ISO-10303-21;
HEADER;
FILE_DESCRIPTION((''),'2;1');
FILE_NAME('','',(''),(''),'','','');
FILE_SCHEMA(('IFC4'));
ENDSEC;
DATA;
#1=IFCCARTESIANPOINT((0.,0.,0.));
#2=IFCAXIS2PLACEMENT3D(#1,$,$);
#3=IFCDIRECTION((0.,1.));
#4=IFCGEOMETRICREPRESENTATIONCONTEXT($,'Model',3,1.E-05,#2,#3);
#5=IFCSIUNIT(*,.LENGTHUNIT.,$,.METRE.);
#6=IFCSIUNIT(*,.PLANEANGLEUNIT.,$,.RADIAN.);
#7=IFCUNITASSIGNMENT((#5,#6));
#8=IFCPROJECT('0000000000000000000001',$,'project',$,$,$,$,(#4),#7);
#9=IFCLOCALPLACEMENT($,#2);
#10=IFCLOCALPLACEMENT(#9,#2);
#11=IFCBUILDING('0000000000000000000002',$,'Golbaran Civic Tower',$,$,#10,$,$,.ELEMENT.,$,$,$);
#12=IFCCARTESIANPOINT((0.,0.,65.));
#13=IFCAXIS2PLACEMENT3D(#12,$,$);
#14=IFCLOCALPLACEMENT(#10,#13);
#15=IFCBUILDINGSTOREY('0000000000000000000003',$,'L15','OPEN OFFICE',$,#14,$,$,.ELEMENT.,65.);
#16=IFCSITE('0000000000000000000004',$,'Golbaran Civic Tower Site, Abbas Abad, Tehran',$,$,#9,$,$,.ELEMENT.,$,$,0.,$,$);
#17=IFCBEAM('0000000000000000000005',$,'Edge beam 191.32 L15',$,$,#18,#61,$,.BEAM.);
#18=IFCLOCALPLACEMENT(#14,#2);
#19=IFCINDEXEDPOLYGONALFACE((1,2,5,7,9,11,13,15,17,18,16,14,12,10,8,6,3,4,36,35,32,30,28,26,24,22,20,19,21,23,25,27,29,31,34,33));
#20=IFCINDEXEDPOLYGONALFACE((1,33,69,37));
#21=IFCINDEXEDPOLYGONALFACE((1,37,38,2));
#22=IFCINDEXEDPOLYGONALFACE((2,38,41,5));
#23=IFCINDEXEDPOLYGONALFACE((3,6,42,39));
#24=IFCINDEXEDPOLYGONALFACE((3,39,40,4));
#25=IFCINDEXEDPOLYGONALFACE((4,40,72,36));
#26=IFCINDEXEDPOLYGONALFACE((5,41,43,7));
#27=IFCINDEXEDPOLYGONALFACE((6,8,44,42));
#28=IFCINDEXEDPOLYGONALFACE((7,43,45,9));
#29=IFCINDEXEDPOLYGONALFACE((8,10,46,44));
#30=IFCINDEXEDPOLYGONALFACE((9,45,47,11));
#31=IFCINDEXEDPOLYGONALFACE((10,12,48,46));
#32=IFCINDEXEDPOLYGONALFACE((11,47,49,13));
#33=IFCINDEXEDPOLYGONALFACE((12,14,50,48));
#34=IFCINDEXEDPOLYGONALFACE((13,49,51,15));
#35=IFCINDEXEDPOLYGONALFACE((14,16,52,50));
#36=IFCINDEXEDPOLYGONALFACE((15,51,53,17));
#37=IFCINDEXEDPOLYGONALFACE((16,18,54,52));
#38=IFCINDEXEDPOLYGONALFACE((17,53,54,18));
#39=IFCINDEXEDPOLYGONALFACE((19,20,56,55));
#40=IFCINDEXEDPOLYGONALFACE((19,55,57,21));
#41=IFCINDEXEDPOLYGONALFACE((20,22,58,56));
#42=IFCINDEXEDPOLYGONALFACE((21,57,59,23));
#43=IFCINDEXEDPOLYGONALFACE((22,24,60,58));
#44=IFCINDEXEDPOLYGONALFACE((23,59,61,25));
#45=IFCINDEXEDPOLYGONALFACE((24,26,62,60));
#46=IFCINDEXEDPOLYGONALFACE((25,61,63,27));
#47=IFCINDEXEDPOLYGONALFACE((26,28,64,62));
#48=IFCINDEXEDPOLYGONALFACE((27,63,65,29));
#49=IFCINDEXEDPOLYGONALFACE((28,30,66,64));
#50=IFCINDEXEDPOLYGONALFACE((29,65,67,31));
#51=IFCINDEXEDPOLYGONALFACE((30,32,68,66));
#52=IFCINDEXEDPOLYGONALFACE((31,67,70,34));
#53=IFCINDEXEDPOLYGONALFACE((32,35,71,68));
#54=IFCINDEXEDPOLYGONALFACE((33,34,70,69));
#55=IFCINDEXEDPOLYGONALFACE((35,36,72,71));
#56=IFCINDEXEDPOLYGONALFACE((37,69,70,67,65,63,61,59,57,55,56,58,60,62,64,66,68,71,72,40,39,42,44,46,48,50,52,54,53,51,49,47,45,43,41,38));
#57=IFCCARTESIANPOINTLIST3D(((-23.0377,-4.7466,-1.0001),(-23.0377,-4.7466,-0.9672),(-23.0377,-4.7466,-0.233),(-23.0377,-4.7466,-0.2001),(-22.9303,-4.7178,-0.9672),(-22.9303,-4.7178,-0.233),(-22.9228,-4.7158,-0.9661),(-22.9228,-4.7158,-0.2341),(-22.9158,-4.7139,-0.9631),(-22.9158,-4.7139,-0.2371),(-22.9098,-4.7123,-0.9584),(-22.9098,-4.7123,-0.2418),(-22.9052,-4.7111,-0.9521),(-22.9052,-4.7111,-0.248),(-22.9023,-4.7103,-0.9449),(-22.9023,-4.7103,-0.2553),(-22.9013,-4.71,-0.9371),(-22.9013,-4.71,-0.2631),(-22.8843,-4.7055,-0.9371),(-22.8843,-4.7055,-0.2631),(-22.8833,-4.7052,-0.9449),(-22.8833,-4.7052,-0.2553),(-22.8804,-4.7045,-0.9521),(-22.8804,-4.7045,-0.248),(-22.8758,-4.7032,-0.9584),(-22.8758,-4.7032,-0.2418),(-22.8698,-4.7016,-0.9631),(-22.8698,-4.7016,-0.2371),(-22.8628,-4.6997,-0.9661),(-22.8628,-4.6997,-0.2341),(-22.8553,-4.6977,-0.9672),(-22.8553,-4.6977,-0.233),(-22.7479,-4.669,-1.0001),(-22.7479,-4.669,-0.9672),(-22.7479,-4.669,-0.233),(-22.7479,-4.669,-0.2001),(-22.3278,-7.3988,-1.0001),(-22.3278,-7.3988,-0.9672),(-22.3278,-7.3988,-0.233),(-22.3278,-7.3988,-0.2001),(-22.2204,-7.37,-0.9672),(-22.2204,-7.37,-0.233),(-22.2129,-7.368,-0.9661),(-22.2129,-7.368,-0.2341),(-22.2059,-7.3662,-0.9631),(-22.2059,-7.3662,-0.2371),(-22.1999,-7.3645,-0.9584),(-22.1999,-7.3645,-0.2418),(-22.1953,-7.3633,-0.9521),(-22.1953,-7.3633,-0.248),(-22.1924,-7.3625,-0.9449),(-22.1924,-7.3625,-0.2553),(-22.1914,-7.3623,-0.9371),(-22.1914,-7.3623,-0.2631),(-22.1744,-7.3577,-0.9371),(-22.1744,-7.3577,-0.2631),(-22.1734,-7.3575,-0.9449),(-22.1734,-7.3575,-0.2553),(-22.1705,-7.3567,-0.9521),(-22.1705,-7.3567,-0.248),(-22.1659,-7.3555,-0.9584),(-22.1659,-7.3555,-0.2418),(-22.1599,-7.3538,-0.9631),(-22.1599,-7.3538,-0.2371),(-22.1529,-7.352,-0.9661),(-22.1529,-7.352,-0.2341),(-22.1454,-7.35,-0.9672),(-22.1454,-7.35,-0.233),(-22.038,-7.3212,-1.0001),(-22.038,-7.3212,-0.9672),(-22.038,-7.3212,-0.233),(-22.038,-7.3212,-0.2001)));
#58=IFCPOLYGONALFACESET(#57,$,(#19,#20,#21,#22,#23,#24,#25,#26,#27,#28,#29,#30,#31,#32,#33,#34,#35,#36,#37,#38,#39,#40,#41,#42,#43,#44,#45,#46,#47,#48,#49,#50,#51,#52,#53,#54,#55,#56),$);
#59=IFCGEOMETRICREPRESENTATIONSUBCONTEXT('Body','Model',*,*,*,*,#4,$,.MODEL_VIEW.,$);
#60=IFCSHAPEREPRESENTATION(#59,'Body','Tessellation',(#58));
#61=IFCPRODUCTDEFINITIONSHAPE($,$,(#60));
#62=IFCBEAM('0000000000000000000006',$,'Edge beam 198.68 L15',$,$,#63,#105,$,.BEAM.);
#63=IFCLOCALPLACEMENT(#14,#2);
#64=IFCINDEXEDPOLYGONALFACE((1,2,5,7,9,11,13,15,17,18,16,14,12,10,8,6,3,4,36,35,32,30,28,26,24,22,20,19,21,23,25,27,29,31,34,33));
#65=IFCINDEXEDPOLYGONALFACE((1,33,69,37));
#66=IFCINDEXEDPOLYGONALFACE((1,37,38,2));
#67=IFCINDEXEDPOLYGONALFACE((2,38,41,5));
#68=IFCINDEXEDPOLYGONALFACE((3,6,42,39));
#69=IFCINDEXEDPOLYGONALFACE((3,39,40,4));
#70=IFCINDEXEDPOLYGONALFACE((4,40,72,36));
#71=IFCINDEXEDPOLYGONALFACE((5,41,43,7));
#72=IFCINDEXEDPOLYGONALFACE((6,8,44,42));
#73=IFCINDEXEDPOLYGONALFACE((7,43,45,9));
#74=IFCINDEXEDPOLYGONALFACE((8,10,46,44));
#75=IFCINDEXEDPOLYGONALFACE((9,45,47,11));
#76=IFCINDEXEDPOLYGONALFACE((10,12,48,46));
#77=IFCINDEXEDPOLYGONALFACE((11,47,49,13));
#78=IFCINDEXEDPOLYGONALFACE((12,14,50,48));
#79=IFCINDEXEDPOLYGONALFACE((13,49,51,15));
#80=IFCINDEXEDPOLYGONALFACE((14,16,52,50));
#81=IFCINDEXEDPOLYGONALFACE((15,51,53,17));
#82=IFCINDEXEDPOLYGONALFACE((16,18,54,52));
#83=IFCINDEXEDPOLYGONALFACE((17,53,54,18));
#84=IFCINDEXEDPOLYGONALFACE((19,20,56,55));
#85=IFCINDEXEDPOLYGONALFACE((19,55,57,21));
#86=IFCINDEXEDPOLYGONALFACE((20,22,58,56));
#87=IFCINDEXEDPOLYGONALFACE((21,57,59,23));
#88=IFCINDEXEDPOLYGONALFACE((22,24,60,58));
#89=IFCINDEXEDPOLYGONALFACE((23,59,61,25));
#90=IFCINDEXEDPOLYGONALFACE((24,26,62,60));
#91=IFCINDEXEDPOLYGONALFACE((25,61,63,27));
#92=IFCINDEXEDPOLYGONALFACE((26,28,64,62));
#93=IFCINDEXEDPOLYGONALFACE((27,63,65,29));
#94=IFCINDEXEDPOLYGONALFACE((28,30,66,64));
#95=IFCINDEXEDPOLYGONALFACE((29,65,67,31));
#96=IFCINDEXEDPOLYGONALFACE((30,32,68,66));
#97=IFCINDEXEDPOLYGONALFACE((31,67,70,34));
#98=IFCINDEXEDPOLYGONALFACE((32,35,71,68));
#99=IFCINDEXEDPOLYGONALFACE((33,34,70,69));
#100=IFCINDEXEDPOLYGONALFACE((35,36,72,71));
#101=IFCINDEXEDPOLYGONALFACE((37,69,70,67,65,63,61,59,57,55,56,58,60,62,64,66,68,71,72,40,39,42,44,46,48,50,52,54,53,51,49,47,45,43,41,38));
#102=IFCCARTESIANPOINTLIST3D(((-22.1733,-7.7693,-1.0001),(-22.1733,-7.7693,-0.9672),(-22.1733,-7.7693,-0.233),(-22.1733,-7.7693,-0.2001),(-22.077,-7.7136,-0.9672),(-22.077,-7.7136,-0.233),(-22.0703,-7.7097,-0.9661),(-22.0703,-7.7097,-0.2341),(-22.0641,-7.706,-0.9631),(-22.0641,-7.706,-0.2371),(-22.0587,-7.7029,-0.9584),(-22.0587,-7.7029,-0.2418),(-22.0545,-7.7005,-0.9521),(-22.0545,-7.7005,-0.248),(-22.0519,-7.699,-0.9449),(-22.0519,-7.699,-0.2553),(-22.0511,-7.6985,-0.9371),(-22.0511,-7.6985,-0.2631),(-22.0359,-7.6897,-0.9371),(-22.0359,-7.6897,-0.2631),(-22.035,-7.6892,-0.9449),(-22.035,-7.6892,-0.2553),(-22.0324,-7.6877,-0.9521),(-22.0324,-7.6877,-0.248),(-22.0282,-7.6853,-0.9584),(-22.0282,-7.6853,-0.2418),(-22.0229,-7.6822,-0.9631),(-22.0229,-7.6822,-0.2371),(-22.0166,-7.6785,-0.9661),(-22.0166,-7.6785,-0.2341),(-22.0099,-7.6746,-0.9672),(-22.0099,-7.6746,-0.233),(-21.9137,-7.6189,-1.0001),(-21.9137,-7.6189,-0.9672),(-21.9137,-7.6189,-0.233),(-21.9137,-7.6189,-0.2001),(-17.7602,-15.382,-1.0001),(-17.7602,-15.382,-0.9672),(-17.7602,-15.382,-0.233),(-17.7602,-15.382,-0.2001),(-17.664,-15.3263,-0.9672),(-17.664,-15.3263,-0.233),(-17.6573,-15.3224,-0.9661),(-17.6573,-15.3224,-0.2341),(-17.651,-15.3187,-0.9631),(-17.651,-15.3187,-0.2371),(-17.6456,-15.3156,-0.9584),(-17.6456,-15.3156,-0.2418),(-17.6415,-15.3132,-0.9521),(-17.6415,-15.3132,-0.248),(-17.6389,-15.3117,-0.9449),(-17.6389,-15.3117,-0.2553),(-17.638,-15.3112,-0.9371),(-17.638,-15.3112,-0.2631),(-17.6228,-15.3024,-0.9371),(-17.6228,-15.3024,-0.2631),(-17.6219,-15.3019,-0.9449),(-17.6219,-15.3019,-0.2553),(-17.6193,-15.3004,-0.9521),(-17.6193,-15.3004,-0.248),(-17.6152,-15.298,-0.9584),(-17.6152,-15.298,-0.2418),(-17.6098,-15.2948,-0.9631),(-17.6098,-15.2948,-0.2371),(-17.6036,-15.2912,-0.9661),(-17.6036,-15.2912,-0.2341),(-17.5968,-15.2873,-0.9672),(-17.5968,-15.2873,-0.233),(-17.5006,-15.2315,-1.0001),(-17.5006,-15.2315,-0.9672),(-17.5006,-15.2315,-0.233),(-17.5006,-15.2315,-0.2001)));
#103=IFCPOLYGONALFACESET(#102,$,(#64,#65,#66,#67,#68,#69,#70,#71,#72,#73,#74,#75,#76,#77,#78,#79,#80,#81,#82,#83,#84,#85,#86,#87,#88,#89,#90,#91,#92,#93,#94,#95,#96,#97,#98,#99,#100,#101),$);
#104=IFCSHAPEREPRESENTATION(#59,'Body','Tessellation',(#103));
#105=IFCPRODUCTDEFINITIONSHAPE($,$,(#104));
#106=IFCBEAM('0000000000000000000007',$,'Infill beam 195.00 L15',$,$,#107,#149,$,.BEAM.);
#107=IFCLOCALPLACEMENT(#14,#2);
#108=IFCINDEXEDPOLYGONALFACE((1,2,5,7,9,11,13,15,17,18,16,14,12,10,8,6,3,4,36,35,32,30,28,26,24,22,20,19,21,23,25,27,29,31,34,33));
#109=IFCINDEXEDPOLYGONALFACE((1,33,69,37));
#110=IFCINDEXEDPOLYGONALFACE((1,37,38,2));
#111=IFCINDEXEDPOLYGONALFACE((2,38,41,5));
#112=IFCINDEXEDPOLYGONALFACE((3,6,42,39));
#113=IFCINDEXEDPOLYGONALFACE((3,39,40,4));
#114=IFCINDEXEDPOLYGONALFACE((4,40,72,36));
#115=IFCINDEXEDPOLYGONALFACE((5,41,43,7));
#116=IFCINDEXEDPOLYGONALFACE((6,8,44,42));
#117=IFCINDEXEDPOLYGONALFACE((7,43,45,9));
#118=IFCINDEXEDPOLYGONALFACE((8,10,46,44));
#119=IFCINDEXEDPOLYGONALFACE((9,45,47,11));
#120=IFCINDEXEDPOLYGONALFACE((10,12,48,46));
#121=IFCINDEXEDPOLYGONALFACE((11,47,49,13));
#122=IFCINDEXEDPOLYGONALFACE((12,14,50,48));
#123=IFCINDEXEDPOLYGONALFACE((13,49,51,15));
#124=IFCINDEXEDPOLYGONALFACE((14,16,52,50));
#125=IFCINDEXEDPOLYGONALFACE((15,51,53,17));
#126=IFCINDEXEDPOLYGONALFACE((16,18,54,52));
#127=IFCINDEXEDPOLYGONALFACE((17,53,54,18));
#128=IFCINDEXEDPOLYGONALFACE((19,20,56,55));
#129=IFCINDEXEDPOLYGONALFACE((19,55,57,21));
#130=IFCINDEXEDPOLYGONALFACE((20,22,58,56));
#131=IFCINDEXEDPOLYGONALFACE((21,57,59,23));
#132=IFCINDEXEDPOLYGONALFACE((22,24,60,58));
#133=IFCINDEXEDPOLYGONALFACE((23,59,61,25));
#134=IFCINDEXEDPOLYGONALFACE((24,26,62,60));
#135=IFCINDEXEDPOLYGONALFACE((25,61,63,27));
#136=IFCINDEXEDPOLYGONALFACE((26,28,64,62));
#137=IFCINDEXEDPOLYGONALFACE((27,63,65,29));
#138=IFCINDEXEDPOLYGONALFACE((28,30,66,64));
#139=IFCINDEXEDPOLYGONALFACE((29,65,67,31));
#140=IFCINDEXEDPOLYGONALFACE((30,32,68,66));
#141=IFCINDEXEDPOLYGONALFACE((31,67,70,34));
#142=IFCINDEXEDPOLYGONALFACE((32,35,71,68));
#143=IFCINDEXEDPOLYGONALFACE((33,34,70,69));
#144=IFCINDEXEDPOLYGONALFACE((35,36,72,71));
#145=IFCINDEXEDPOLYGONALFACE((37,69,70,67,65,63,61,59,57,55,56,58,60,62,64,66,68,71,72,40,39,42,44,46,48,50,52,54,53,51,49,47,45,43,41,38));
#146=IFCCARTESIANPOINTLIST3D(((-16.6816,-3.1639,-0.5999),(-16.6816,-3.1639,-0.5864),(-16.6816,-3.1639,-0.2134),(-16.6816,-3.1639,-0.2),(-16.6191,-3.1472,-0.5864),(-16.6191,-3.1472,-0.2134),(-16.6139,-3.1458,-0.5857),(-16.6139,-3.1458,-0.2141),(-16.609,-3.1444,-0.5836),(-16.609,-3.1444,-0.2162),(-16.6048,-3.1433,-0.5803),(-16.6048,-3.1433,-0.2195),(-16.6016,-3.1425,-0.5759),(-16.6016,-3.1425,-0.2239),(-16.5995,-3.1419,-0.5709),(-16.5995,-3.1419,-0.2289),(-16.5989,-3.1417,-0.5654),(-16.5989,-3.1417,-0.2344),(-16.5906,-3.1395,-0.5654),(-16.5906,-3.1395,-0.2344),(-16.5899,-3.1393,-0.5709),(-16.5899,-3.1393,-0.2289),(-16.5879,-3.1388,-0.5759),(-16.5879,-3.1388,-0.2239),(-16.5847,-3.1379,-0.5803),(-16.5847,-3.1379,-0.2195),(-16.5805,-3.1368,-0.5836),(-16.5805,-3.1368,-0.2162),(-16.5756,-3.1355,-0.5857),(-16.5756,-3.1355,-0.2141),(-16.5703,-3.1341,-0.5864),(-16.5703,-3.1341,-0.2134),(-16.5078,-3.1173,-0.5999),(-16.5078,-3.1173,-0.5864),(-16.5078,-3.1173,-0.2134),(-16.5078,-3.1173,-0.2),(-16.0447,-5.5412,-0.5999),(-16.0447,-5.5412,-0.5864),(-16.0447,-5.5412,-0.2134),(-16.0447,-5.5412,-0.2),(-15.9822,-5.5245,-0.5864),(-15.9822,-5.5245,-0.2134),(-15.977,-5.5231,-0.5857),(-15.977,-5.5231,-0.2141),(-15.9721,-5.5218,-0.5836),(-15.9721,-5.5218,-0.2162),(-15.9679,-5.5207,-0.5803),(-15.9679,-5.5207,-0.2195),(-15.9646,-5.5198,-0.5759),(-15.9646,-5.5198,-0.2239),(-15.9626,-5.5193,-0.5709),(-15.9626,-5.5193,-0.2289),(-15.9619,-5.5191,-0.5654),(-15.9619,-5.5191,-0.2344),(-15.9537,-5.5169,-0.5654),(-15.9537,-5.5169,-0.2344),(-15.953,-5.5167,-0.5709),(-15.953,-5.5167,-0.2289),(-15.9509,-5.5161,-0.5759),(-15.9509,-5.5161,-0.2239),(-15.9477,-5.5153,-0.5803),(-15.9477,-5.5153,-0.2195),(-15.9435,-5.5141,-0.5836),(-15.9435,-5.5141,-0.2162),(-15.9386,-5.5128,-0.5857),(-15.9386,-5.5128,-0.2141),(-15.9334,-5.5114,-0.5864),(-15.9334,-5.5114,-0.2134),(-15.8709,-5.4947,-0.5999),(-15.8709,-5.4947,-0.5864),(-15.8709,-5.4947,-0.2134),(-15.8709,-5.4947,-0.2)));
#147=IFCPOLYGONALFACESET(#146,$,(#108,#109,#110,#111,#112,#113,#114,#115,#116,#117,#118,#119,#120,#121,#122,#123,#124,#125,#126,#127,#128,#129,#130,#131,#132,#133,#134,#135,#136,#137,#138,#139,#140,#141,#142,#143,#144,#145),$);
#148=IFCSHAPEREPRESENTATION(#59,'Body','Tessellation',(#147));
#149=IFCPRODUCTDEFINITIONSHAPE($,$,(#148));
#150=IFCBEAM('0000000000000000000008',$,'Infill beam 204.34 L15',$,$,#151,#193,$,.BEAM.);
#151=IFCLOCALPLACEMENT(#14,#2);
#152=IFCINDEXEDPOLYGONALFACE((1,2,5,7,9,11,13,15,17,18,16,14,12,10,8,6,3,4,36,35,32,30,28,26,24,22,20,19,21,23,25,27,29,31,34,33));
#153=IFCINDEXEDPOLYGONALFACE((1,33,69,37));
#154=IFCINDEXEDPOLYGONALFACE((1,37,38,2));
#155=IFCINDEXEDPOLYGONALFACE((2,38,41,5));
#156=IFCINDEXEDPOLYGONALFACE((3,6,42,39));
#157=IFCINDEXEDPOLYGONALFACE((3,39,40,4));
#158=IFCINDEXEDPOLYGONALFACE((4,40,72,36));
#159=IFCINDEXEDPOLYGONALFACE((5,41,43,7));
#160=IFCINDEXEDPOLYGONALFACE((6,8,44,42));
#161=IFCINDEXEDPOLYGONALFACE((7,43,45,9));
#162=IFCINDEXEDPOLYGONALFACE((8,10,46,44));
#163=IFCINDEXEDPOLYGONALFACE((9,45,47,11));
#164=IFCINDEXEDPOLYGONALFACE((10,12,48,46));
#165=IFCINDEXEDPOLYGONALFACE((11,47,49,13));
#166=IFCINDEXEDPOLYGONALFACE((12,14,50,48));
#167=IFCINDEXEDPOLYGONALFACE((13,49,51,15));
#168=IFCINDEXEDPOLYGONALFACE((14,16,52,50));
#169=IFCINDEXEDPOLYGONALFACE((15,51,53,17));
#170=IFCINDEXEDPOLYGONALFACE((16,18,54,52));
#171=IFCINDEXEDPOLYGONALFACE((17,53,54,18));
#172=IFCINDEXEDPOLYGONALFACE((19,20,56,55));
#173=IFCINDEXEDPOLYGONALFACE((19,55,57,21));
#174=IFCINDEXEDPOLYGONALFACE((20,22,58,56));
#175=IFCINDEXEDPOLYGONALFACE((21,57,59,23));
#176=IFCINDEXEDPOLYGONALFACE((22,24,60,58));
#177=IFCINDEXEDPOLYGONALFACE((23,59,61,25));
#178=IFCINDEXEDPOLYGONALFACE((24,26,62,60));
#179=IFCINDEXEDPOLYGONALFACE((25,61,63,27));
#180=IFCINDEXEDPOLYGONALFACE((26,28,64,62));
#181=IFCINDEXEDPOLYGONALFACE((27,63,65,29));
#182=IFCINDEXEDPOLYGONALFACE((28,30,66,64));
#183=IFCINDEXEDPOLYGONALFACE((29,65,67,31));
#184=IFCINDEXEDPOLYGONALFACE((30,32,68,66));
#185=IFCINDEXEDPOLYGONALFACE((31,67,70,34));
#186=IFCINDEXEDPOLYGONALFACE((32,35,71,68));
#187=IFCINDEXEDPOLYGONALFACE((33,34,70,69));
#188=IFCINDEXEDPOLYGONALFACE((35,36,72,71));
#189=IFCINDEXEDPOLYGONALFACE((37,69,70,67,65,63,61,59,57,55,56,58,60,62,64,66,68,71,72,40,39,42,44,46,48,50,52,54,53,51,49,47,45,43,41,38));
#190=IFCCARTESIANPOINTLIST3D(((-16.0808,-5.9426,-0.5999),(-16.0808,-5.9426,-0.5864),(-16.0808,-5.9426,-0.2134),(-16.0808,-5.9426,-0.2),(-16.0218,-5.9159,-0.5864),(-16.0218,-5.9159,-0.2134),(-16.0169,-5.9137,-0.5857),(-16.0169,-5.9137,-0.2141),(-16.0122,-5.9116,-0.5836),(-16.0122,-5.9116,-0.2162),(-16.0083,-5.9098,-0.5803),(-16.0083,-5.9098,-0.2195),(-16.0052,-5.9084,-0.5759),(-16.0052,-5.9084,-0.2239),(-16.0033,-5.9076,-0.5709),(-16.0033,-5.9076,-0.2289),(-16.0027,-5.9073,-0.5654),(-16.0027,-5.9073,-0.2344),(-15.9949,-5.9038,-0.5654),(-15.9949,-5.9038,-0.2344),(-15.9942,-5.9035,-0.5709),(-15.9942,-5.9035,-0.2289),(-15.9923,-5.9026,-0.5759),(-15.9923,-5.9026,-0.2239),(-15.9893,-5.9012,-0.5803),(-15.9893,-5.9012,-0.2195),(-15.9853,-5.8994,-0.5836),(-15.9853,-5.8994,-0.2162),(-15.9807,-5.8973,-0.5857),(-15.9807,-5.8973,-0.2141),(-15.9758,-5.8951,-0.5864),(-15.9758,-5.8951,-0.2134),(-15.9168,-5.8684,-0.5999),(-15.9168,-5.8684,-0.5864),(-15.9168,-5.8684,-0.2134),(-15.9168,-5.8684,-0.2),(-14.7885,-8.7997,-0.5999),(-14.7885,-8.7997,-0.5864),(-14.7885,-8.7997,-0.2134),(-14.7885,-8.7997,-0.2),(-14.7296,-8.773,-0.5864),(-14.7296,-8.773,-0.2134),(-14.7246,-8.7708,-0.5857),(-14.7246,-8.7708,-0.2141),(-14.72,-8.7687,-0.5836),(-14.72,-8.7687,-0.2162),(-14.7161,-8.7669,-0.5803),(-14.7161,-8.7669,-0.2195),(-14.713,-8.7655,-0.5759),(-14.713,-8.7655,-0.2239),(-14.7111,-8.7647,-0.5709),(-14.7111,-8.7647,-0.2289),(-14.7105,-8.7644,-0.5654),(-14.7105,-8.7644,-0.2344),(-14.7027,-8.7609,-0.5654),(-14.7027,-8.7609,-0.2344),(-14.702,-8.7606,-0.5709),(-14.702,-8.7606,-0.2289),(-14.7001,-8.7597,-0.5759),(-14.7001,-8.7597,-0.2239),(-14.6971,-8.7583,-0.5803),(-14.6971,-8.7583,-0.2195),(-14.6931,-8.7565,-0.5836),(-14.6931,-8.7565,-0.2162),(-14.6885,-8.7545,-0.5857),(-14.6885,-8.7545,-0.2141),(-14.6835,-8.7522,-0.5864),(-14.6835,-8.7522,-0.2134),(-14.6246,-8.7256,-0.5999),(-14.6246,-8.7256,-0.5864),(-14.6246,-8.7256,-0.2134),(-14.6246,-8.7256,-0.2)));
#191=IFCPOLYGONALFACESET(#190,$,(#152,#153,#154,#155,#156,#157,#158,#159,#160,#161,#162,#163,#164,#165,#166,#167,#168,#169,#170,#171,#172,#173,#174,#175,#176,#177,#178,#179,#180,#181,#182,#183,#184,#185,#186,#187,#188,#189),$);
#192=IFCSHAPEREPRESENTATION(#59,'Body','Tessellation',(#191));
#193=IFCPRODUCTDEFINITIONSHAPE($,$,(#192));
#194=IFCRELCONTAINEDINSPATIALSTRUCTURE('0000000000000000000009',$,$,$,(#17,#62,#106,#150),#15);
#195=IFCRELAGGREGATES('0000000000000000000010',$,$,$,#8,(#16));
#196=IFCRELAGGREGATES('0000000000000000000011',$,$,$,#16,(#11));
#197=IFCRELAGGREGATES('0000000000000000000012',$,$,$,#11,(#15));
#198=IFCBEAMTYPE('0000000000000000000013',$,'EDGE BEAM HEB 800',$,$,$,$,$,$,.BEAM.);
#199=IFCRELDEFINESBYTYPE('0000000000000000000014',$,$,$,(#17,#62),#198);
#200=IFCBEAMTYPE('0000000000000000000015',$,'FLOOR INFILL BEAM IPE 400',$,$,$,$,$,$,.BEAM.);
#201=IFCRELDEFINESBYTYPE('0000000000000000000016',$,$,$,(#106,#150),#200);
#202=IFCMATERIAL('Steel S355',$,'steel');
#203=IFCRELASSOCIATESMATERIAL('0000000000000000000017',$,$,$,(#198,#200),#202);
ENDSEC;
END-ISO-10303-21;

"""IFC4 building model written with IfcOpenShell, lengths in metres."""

from ifc_helpers import new_model, si_unit, direction, frame, origin, origin_2d, place, context, subcontext, project, spatial, i_section, extrude, material, material_profile, profile_set, type_object, element, save


model = new_model("IFC4")

# Units and contexts
model_context = context("Model", 3, precision=1e-05, world=origin(), true_north=direction((0.0, 1.0)))
body_context = subcontext(model_context, "Body", "Model", "MODEL_VIEW")
ifc_project = project(units=[si_unit("LENGTHUNIT", "METRE"), si_unit("PLANEANGLEUNIT", "RADIAN")], contexts=[model_context])

# Site, building, storey
site_placement = place(None, origin())
site = spatial("IfcSite", under=ifc_project, at=site_placement, Name="Golbaran Civic Tower Site, Abbas Abad, Tehran", CompositionType="ELEMENT", RefElevation=0.0)
building_placement = place(site_placement, origin())
building = spatial("IfcBuilding", under=site, at=building_placement, Name="Golbaran Civic Tower", CompositionType="ELEMENT")
storey_placement = place(building_placement, frame((0.0, 0.0, 65.0)))
storey = spatial("IfcBuildingStorey", under=building, at=storey_placement, Name="L15", Description="OPEN OFFICE", CompositionType="ELEMENT", Elevation=65.0)

# Beams
ifc_material_1 = material(Name="Steel S355", Category="steel")
ifc_material_profile_1 = material_profile(ifc_material_1, i_section(OverallWidth=0.3, OverallDepth=0.8, WebThickness=0.0176, FlangeThickness=0.033, FilletRadius=0.03, at=origin_2d()), Name="HEB 800")
ifc_profile_set_1 = profile_set([ifc_material_profile_1], Name="Steel S355")
beam_type_1 = type_object("IfcBeamType", Name="EDGE BEAM HEB 800", PredefinedType="BEAM", material=ifc_profile_set_1)
beam_1_placement = place(storey_placement, frame((-22.8928, -4.7078, -0.6001), z_axis=(0.25857, -0.965992, 0.0), x_axis=(0.965992, 0.25857, 0.0)))
element("IfcBeam", 1, at=beam_1_placement, inside=storey, type_object=beam_type_1, Name="Edge beam 191.32 L15", PredefinedType="BEAM", context=body_context, shape_type="SweptSolid", body=[
    extrude(i_section(OverallWidth=0.3, OverallDepth=0.8, WebThickness=0.0176, FlangeThickness=0.033, FilletRadius=0.03, at=origin_2d()), origin(), (0.0, 0.0, 1.0), 2.7456),
])
beam_2_placement = place(storey_placement, frame((-22.0435, -7.6941, -0.6001), z_axis=(0.50152, -0.865146, 0.0), x_axis=(0.865146, 0.50152, 0.0)))
element("IfcBeam", 2, at=beam_2_placement, inside=storey, type_object=beam_type_1, Name="Edge beam 198.68 L15", PredefinedType="BEAM", context=body_context, shape_type="SweptSolid", body=[
    extrude(i_section(OverallWidth=0.3, OverallDepth=0.8, WebThickness=0.0176, FlangeThickness=0.033, FilletRadius=0.03, at=origin_2d()), origin(), (0.0, 0.0, 1.0), 8.7993),
])
ifc_material_profile_2 = material_profile(ifc_material_1, i_section(OverallWidth=0.1799, OverallDepth=0.3999, WebThickness=0.0085, FlangeThickness=0.0134, FilletRadius=0.021, at=origin_2d()), Name="IPE 400")
ifc_profile_set_2 = profile_set([ifc_material_profile_2], Name="Steel S355")
beam_type_2 = type_object("IfcBeamType", Name="FLOOR INFILL BEAM IPE 400", PredefinedType="BEAM", material=ifc_profile_set_2)
beam_3_placement = place(storey_placement, frame((-16.5947, -3.1406, -0.3999), z_axis=(0.258792, -0.965933, 0.0), x_axis=(0.965933, 0.258792, 0.0)))
element("IfcBeam", 3, at=beam_3_placement, inside=storey, type_object=beam_type_2, Name="Infill beam 195.00 L15", PredefinedType="BEAM", context=body_context, shape_type="SweptSolid", body=[
    extrude(i_section(OverallWidth=0.1799, OverallDepth=0.3999, WebThickness=0.0085, FlangeThickness=0.0134, FilletRadius=0.021, at=origin_2d()), origin(), (0.0, 0.0, 1.0), 2.4612),
])
beam_4_placement = place(storey_placement, frame((-15.9988, -5.9055, -0.3999), z_axis=(0.412089, -0.911143, 0.0), x_axis=(0.911143, 0.412089, 0.0)))
element("IfcBeam", 4, at=beam_4_placement, inside=storey, type_object=beam_type_2, Name="Infill beam 204.34 L15", PredefinedType="BEAM", context=body_context, shape_type="SweptSolid", body=[
    extrude(i_section(OverallWidth=0.1799, OverallDepth=0.3999, WebThickness=0.0085, FlangeThickness=0.0134, FilletRadius=0.021, at=origin_2d()), origin(), (0.0, 0.0, 1.0), 3.1357),
])

save(model, "model.ifc")
